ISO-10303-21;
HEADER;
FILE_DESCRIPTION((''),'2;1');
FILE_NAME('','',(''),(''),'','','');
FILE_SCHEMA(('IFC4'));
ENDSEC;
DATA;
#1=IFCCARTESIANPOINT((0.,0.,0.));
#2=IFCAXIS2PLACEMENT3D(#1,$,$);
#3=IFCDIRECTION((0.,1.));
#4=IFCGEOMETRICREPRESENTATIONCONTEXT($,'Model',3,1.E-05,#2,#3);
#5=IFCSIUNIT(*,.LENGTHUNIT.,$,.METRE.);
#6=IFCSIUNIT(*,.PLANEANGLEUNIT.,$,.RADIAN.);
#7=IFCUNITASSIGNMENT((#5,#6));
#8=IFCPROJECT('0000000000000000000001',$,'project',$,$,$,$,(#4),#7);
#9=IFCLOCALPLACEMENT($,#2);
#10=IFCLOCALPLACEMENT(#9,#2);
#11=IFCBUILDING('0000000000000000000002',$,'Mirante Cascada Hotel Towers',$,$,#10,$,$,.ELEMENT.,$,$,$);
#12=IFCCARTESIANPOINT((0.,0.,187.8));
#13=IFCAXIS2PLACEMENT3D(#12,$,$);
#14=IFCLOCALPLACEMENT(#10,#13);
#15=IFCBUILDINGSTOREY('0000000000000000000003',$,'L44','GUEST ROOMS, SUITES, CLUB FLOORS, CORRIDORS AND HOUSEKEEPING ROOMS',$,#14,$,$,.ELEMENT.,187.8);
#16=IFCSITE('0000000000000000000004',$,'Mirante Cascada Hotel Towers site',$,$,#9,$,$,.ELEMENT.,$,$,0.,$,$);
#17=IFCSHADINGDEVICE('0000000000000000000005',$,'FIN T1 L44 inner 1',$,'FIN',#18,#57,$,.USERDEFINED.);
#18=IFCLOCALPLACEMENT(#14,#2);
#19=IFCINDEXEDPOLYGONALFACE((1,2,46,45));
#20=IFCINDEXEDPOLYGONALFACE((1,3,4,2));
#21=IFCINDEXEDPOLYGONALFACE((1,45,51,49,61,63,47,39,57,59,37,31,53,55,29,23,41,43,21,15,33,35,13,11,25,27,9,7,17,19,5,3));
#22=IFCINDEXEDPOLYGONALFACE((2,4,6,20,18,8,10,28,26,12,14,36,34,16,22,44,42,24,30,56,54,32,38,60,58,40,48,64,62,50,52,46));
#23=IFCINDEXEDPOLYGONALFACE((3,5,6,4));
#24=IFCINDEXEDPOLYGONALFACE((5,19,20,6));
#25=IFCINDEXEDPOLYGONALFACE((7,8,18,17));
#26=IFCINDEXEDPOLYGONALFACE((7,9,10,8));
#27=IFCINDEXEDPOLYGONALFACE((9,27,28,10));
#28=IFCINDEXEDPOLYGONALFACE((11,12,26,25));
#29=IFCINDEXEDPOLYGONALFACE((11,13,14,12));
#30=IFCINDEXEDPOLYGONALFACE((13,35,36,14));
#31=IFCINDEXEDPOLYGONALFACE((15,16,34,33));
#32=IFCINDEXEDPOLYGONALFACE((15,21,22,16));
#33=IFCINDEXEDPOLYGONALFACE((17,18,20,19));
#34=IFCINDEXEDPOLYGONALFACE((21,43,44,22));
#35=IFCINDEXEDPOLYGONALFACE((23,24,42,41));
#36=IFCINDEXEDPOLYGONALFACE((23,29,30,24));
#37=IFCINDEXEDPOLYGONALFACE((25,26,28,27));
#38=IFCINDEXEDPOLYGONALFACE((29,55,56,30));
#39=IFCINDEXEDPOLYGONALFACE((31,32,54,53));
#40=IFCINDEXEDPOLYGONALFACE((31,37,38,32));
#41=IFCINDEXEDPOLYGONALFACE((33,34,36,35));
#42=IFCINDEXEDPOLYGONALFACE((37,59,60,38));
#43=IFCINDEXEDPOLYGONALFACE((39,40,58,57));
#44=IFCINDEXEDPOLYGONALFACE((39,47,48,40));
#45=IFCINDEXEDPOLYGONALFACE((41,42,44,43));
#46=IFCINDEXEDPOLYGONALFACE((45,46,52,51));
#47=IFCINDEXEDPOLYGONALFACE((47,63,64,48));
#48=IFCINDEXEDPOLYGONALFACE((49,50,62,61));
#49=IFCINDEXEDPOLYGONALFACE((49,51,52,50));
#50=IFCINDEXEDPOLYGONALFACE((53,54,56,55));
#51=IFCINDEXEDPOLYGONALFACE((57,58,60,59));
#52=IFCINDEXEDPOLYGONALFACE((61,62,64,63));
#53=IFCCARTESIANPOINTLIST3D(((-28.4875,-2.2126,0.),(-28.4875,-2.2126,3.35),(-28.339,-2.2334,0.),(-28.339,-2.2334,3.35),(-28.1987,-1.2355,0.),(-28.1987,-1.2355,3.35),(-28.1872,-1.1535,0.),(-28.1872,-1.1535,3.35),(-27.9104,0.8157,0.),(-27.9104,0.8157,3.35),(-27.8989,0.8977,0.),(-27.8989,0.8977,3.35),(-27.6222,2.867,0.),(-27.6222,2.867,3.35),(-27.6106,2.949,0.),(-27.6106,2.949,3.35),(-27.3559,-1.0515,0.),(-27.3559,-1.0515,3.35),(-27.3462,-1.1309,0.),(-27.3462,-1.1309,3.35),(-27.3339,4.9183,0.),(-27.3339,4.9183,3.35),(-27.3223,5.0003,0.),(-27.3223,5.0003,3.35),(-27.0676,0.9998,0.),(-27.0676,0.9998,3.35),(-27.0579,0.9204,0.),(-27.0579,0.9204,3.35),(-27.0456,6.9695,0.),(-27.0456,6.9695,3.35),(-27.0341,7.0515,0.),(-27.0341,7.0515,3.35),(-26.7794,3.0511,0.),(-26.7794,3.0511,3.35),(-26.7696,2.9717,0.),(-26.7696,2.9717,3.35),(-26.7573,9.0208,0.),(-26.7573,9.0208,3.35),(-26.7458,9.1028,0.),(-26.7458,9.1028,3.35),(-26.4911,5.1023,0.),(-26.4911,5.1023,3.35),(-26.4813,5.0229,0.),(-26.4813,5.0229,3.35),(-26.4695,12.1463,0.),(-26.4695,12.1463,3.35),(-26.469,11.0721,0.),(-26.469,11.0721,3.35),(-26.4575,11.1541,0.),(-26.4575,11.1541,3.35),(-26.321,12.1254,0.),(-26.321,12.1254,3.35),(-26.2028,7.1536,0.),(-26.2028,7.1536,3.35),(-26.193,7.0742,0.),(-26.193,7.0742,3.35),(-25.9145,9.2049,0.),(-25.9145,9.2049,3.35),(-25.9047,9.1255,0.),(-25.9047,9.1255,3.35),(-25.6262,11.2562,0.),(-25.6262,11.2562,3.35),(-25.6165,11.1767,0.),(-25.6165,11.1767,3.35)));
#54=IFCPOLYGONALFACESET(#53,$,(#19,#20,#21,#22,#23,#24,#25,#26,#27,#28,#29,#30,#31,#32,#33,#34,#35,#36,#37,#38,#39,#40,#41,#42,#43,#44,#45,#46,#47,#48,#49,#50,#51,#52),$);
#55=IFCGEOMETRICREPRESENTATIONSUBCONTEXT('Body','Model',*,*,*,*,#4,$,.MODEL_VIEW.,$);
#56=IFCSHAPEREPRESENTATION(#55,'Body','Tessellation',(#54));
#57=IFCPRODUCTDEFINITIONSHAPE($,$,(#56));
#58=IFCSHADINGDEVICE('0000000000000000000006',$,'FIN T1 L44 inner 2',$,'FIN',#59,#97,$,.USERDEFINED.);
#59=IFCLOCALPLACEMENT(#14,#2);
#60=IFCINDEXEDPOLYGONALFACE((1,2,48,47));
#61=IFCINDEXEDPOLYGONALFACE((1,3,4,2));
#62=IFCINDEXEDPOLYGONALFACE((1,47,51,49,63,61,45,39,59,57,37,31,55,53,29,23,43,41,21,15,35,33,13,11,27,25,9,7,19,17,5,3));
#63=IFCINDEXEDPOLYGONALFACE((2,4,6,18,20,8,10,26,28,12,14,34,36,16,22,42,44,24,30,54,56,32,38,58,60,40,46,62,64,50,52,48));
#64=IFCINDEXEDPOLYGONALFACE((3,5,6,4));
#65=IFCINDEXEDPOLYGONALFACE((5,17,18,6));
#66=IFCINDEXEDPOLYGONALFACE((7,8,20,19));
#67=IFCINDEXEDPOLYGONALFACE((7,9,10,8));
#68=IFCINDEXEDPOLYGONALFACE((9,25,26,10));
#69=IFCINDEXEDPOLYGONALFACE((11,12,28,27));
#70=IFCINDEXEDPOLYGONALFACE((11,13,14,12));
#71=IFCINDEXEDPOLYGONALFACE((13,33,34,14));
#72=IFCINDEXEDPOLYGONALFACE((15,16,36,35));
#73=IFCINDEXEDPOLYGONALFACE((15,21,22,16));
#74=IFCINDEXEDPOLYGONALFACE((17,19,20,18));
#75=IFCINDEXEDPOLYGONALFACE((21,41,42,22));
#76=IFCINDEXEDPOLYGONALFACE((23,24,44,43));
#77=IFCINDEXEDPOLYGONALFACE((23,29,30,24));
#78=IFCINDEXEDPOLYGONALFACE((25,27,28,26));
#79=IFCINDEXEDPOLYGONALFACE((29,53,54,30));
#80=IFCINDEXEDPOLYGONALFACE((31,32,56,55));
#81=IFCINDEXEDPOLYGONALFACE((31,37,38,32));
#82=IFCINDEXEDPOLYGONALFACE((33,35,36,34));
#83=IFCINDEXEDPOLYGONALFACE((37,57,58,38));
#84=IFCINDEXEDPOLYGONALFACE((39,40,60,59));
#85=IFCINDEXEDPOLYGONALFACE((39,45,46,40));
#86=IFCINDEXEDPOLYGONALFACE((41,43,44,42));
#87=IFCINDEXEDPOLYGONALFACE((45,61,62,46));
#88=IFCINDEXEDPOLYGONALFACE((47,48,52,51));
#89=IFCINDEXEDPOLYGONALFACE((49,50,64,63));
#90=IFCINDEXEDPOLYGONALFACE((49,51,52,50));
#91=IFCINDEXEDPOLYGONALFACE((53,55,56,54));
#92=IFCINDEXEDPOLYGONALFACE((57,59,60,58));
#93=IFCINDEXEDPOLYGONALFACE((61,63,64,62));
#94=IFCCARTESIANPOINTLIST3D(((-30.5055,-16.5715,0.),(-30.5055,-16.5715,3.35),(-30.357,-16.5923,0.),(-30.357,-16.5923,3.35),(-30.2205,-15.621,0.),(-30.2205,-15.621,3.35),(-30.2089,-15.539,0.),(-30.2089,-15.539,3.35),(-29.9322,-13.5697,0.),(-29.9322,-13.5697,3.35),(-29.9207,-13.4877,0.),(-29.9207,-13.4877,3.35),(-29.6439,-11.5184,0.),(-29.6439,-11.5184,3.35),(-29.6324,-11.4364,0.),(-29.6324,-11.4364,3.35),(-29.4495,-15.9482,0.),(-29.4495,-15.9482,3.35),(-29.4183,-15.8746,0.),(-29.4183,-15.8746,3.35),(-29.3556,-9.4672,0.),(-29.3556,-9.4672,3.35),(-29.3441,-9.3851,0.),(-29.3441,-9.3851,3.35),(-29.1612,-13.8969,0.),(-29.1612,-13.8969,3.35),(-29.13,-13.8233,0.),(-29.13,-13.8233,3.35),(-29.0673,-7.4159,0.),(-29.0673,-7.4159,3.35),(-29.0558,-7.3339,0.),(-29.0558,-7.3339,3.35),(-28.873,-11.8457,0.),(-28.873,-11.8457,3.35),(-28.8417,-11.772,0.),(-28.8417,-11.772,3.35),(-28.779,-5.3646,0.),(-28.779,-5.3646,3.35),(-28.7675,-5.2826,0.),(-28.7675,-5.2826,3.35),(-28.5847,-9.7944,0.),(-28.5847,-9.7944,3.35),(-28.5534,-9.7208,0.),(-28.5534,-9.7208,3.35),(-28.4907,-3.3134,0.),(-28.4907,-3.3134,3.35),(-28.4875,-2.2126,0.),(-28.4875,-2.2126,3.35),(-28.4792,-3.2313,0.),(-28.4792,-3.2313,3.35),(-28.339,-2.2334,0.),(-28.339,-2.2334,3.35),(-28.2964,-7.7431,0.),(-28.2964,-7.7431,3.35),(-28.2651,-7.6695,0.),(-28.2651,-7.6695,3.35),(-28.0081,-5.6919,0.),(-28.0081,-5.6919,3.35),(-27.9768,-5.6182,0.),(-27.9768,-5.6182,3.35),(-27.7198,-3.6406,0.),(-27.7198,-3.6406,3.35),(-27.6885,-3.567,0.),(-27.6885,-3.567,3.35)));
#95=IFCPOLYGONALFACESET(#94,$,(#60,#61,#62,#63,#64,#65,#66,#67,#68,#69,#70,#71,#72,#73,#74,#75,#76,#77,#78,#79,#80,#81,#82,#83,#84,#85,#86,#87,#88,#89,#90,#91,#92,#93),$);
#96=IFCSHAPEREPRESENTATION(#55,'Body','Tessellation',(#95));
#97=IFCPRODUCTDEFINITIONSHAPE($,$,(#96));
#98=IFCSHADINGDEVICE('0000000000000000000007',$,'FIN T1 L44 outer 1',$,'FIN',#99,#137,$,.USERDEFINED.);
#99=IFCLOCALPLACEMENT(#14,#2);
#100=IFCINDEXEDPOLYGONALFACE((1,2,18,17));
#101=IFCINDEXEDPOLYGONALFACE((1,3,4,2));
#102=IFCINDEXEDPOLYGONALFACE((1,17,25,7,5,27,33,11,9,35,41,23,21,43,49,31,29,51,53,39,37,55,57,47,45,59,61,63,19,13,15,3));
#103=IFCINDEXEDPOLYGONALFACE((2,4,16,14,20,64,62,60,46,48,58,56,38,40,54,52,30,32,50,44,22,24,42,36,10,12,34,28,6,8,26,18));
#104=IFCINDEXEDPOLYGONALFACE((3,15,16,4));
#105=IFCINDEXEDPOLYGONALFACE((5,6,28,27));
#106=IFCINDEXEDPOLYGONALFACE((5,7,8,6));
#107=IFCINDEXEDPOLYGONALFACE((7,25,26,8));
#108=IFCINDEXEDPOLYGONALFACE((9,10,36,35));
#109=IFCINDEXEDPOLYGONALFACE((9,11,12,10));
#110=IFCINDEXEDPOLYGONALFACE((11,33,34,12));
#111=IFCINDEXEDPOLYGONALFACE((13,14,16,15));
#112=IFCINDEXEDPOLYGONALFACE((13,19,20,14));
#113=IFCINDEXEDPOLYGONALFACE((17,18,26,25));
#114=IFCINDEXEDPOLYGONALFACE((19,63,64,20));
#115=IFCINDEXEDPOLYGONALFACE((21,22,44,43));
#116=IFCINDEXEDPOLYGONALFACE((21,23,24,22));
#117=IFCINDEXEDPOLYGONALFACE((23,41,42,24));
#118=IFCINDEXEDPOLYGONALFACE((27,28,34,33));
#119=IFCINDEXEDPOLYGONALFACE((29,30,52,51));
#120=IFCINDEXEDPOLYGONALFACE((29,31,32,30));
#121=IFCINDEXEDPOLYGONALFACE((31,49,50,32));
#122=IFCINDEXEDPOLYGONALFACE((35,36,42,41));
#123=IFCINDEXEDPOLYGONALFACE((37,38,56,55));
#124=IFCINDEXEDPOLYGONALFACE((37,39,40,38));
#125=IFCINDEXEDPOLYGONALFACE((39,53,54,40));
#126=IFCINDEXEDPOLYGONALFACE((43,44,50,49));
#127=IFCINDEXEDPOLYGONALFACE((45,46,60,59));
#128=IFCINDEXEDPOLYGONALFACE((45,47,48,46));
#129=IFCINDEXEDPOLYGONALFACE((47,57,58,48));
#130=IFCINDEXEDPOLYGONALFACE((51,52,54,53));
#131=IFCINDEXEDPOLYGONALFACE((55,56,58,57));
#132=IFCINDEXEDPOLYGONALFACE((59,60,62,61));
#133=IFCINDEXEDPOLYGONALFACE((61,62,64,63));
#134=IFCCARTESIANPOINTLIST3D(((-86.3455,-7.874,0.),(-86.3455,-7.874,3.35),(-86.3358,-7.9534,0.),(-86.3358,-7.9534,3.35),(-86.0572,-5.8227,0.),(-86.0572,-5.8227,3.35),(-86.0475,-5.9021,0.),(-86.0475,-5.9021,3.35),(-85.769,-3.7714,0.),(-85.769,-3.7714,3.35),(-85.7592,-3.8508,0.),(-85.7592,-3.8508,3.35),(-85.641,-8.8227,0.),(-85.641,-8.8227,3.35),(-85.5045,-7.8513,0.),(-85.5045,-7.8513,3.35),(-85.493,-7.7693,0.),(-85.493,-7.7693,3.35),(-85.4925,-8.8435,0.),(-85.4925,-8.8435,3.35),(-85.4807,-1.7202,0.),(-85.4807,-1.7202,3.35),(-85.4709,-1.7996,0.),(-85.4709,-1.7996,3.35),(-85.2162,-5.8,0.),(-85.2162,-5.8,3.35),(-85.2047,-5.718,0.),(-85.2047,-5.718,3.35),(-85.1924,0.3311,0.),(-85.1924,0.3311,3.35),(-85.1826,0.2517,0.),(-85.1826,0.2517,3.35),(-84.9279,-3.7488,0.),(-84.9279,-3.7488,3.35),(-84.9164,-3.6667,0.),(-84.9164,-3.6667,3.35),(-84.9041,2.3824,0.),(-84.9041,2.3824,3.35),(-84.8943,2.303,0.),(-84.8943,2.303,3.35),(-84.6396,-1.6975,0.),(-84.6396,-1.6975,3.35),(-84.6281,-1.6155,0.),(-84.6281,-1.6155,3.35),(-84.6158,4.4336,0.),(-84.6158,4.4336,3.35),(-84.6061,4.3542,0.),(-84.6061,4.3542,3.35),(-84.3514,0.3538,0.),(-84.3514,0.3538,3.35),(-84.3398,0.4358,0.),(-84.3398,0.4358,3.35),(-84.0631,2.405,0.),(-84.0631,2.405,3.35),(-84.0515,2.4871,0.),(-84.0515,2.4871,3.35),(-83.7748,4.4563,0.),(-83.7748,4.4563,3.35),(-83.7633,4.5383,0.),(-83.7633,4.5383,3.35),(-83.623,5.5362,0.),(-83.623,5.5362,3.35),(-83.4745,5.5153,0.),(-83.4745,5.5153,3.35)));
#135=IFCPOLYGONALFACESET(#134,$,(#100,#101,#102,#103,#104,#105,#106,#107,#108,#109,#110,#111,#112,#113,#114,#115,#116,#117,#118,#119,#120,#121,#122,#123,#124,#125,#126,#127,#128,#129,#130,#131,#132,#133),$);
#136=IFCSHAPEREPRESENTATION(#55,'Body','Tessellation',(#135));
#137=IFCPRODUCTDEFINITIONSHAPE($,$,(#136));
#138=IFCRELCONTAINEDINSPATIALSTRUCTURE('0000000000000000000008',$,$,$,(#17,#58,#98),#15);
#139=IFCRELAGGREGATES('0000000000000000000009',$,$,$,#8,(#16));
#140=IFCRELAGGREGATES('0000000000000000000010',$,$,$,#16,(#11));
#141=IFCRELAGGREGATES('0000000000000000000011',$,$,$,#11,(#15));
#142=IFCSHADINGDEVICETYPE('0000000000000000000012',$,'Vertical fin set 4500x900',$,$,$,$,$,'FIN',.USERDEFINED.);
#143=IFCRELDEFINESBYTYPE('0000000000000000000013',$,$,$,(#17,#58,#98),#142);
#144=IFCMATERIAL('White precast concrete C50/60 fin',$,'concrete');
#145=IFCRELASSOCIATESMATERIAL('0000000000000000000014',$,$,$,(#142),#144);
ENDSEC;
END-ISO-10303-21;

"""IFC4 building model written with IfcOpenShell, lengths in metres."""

from ifc_helpers import new_model, si_unit, direction, frame, origin, place, context, subcontext, project, spatial, polyline, outline, extrude, material, type_object, element, save


model = new_model("IFC4")

# Units and contexts
model_context = context("Model", 3, precision=1e-05, world=origin(), true_north=direction((0.0, 1.0)))
body_context = subcontext(model_context, "Body", "Model", "MODEL_VIEW")
ifc_project = project(units=[si_unit("LENGTHUNIT", "METRE"), si_unit("PLANEANGLEUNIT", "RADIAN")], contexts=[model_context])

# Site, building, storey
site_placement = place(None, origin())
site = spatial("IfcSite", under=ifc_project, at=site_placement, Name="Mirante Cascada Hotel Towers site", CompositionType="ELEMENT", RefElevation=0.0)
building_placement = place(site_placement, origin())
building = spatial("IfcBuilding", under=site, at=building_placement, Name="Mirante Cascada Hotel Towers", CompositionType="ELEMENT")
storey_placement = place(building_placement, frame((0.0, 0.0, 187.8)))
storey = spatial("IfcBuildingStorey", under=building, at=storey_placement, Name="L44", Description="GUEST ROOMS, SUITES, CLUB FLOORS, CORRIDORS AND HOUSEKEEPING ROOMS", CompositionType="ELEMENT", Elevation=187.8)

# Shading devices
ifc_material_1 = material(Name="White precast concrete C50/60 fin", Category="concrete")
shading_device_type = type_object("IfcShadingDeviceType", Name="Vertical fin set 4500x900", ElementType="FIN", PredefinedType="USERDEFINED", material=ifc_material_1)
shading_device_1_placement = place(storey_placement, origin())
element("IfcShadingDevice", 1, at=shading_device_1_placement, inside=storey, type_object=shading_device_type, Name="FIN T1 L44 inner 1", ObjectType="FIN", PredefinedType="USERDEFINED", context=body_context, shape_type="SweptSolid", body=[
    extrude(outline(polyline([(-28.1987, -1.2355), (-28.339, -2.2334), (-28.4875, -2.2126), (-26.4695, 12.1463), (-26.321, 12.1254), (-26.4575, 11.1541), (-25.6262, 11.2562), (-25.6165, 11.1767), (-26.469, 11.0721), (-26.7458, 9.1028), (-25.9145, 9.2049), (-25.9047, 9.1255), (-26.7573, 9.0208), (-27.0341, 7.0515), (-26.2028, 7.1536), (-26.193, 7.0742), (-27.0456, 6.9695), (-27.3223, 5.0003), (-26.4911, 5.1023), (-26.4813, 5.0229), (-27.3339, 4.9183), (-27.6106, 2.949), (-26.7794, 3.0511), (-26.7696, 2.9717), (-27.6222, 2.867), (-27.8989, 0.8977), (-27.0676, 0.9998), (-27.0579, 0.9204), (-27.9104, 0.8157), (-28.1872, -1.1535), (-27.3559, -1.0515), (-27.3462, -1.1309), (-28.1987, -1.2355)])), origin(), (0.0, 0.0, 1.0), 3.35),
])
shading_device_2_placement = place(storey_placement, origin())
element("IfcShadingDevice", 2, at=shading_device_2_placement, inside=storey, type_object=shading_device_type, Name="FIN T1 L44 inner 2", ObjectType="FIN", PredefinedType="USERDEFINED", context=body_context, shape_type="SweptSolid", body=[
    extrude(outline(polyline([(-30.2205, -15.621), (-30.357, -16.5923), (-30.5055, -16.5715), (-28.4875, -2.2126), (-28.339, -2.2334), (-28.4792, -3.2313), (-27.6885, -3.567), (-27.7198, -3.6406), (-28.4907, -3.3134), (-28.7675, -5.2826), (-27.9768, -5.6182), (-28.0081, -5.6919), (-28.779, -5.3646), (-29.0558, -7.3339), (-28.2651, -7.6695), (-28.2964, -7.7431), (-29.0673, -7.4159), (-29.3441, -9.3851), (-28.5534, -9.7208), (-28.5847, -9.7944), (-29.3556, -9.4672), (-29.6324, -11.4364), (-28.8417, -11.772), (-28.873, -11.8457), (-29.6439, -11.5184), (-29.9207, -13.4877), (-29.13, -13.8233), (-29.1612, -13.8969), (-29.9322, -13.5697), (-30.2089, -15.539), (-29.4183, -15.8746), (-29.4495, -15.9482), (-30.2205, -15.621)])), origin(), (0.0, 0.0, 1.0), 3.35),
])
shading_device_3_placement = place(storey_placement, origin())
element("IfcShadingDevice", 3, at=shading_device_3_placement, inside=storey, type_object=shading_device_type, Name="FIN T1 L44 outer 1", ObjectType="FIN", PredefinedType="USERDEFINED", context=body_context, shape_type="SweptSolid", body=[
    extrude(outline(polyline([(-85.493, -7.7693), (-85.2162, -5.8), (-86.0475, -5.9021), (-86.0572, -5.8227), (-85.2047, -5.718), (-84.9279, -3.7488), (-85.7592, -3.8508), (-85.769, -3.7714), (-84.9164, -3.6667), (-84.6396, -1.6975), (-85.4709, -1.7996), (-85.4807, -1.7202), (-84.6281, -1.6155), (-84.3514, 0.3538), (-85.1826, 0.2517), (-85.1924, 0.3311), (-84.3398, 0.4358), (-84.0631, 2.405), (-84.8943, 2.303), (-84.9041, 2.3824), (-84.0515, 2.4871), (-83.7748, 4.4563), (-84.6061, 4.3542), (-84.6158, 4.4336), (-83.7633, 4.5383), (-83.623, 5.5362), (-83.4745, 5.5153), (-85.4925, -8.8435), (-85.641, -8.8227), (-85.5045, -7.8513), (-86.3358, -7.9534), (-86.3455, -7.874), (-85.493, -7.7693)])), origin(), (0.0, 0.0, 1.0), 3.35),
])

save(model, "model.ifc")
